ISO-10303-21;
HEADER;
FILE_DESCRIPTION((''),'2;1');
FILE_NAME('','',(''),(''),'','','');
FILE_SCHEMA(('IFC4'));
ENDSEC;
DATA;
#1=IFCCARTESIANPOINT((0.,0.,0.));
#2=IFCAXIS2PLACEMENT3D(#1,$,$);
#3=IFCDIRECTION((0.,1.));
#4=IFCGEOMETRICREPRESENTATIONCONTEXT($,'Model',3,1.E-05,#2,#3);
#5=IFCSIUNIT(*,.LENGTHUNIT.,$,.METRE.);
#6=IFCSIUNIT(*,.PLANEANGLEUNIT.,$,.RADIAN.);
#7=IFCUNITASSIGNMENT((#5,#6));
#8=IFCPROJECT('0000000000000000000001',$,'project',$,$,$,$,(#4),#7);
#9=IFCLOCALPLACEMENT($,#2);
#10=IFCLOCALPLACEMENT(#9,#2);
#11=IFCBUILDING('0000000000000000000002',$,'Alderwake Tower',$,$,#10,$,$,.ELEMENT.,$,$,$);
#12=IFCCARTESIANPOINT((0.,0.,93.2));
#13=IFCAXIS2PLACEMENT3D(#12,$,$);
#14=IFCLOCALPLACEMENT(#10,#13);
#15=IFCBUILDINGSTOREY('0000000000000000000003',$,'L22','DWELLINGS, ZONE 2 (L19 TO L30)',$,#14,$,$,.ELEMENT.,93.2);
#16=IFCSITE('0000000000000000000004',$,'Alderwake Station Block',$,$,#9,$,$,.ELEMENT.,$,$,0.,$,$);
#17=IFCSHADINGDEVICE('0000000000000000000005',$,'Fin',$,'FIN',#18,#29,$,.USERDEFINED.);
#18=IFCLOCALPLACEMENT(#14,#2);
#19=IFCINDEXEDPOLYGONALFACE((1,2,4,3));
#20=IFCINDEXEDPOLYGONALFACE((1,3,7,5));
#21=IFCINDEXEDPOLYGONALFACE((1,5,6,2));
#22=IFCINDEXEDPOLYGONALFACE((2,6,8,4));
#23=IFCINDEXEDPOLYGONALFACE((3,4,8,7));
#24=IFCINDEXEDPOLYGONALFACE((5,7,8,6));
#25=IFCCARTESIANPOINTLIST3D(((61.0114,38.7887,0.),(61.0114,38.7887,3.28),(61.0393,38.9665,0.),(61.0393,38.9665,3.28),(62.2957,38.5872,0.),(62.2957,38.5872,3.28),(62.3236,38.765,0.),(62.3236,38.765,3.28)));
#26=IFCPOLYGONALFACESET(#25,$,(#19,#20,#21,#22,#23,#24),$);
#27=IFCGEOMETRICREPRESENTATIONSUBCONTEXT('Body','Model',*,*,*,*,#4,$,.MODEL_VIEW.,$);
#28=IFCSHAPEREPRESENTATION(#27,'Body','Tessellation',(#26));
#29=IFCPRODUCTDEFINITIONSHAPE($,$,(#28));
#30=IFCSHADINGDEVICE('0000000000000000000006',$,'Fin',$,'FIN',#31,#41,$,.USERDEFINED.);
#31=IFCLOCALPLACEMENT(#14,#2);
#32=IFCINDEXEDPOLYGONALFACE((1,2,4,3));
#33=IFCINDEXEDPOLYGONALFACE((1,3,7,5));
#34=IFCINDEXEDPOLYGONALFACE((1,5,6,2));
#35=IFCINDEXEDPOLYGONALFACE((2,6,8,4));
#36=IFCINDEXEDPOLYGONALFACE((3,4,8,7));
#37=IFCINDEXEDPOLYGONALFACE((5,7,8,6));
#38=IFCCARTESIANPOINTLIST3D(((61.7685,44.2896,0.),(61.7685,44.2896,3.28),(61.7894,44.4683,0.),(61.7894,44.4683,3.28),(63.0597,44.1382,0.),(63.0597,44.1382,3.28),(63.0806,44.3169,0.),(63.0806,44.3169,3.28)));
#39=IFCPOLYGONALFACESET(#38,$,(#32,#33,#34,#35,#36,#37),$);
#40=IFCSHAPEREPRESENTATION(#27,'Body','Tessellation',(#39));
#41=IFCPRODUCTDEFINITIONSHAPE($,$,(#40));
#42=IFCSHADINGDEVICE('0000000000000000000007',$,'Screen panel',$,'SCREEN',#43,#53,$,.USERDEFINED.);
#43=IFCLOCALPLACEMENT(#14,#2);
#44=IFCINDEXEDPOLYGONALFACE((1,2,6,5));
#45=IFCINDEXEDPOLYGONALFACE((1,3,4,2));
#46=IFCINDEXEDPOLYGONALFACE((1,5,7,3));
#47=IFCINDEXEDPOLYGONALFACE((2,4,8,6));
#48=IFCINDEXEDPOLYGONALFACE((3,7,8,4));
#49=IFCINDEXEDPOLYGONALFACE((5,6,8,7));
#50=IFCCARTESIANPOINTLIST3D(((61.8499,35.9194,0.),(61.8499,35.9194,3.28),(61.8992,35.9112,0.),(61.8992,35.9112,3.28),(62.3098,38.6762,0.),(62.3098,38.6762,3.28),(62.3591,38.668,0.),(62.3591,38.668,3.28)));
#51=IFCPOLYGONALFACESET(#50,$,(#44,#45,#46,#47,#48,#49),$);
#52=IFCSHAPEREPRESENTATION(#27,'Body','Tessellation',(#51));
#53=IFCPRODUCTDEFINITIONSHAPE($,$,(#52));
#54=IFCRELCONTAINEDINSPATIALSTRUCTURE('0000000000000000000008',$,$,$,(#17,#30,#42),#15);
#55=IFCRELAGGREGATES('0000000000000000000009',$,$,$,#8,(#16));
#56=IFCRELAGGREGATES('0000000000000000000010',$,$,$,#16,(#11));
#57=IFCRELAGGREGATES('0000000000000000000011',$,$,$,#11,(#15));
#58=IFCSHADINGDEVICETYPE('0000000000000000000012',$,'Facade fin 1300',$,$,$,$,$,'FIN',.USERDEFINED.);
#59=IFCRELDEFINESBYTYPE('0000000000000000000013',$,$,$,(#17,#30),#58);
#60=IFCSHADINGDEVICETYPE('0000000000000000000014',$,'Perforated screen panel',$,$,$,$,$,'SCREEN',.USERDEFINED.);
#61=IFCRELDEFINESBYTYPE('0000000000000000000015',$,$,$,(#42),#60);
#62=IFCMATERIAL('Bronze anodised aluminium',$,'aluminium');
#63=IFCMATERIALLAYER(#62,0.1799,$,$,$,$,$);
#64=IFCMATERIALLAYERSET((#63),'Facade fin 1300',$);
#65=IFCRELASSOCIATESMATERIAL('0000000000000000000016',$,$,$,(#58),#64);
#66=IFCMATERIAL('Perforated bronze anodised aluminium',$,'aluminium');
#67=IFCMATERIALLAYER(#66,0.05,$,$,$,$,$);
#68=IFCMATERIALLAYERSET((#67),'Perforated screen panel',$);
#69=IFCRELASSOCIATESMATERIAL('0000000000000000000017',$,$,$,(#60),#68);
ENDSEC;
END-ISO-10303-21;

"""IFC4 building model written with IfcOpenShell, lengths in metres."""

from ifc_helpers import new_model, si_unit, direction, frame, origin, origin_2d, place, context, subcontext, project, spatial, rectangle, extrude, material, layer, layer_set, type_object, element, save


model = new_model("IFC4")

# Units and contexts
model_context = context("Model", 3, precision=1e-05, world=origin(), true_north=direction((0.0, 1.0)))
body_context = subcontext(model_context, "Body", "Model", "MODEL_VIEW")
ifc_project = project(units=[si_unit("LENGTHUNIT", "METRE"), si_unit("PLANEANGLEUNIT", "RADIAN")], contexts=[model_context])

# Site, building, storey
site_placement = place(None, origin())
site = spatial("IfcSite", under=ifc_project, at=site_placement, Name="Alderwake Station Block", CompositionType="ELEMENT", RefElevation=0.0)
building_placement = place(site_placement, origin())
building = spatial("IfcBuilding", under=site, at=building_placement, Name="Alderwake Tower", CompositionType="ELEMENT")
storey_placement = place(building_placement, frame((0.0, 0.0, 93.2)))
storey = spatial("IfcBuildingStorey", under=building, at=storey_placement, Name="L22", Description="DWELLINGS, ZONE 2 (L19 TO L30)", CompositionType="ELEMENT", Elevation=93.2)

# Shading devices
ifc_material_1 = material(Name="Bronze anodised aluminium", Category="aluminium")
ifc_layer_1 = layer(ifc_material_1, 0.1799)
ifc_layer_set_1 = layer_set([ifc_layer_1], Name="Facade fin 1300")
shading_device_type_1 = type_object("IfcShadingDeviceType", Name="Facade fin 1300", ElementType="FIN", PredefinedType="USERDEFINED", material=ifc_layer_set_1)
for number, where, z_axis, x_axis, name in (
    (1, (61.6675, 38.7769, 0.0), (0.0, 0.0, 1.0), (0.987919, -0.154972, 0.0), "Fin"),
    (2, (62.4246, 44.3032, 0.0), (0.0, 0.0, 1.0), (0.993198, -0.116435, 0.0), "Fin"),
):
    element("IfcShadingDevice", number, at=place(storey_placement, frame(where, z_axis=z_axis, x_axis=x_axis)), inside=storey, type_object=shading_device_type_1, Name=name, ObjectType="FIN", PredefinedType="USERDEFINED", context=body_context, shape_type="SweptSolid", body=[
        extrude(rectangle(XDim=1.3, YDim=0.1799, at=origin_2d()), origin(), (0.0, 0.0, 1.0), 3.28),
    ])
ifc_material_2 = material(Name="Perforated bronze anodised aluminium", Category="aluminium")
ifc_layer_2 = layer(ifc_material_2, 0.05)
ifc_layer_set_2 = layer_set([ifc_layer_2], Name="Perforated screen panel")
shading_device_type_2 = type_object("IfcShadingDeviceType", Name="Perforated screen panel", ElementType="SCREEN", PredefinedType="USERDEFINED", material=ifc_layer_set_2)
shading_device_placement = place(storey_placement, frame((62.1045, 37.2937, 0.0), z_axis=(0.0, 0.0, 1.0), x_axis=(0.986369, -0.164548, 0.0)))
element("IfcShadingDevice", 3, at=shading_device_placement, inside=storey, type_object=shading_device_type_2, Name="Screen panel", ObjectType="SCREEN", PredefinedType="USERDEFINED", context=body_context, shape_type="SweptSolid", body=[
    extrude(rectangle(XDim=0.05, YDim=2.7949, at=origin_2d()), origin(), (0.0, 0.0, 1.0), 3.28),
])

save(model, "model.ifc")
